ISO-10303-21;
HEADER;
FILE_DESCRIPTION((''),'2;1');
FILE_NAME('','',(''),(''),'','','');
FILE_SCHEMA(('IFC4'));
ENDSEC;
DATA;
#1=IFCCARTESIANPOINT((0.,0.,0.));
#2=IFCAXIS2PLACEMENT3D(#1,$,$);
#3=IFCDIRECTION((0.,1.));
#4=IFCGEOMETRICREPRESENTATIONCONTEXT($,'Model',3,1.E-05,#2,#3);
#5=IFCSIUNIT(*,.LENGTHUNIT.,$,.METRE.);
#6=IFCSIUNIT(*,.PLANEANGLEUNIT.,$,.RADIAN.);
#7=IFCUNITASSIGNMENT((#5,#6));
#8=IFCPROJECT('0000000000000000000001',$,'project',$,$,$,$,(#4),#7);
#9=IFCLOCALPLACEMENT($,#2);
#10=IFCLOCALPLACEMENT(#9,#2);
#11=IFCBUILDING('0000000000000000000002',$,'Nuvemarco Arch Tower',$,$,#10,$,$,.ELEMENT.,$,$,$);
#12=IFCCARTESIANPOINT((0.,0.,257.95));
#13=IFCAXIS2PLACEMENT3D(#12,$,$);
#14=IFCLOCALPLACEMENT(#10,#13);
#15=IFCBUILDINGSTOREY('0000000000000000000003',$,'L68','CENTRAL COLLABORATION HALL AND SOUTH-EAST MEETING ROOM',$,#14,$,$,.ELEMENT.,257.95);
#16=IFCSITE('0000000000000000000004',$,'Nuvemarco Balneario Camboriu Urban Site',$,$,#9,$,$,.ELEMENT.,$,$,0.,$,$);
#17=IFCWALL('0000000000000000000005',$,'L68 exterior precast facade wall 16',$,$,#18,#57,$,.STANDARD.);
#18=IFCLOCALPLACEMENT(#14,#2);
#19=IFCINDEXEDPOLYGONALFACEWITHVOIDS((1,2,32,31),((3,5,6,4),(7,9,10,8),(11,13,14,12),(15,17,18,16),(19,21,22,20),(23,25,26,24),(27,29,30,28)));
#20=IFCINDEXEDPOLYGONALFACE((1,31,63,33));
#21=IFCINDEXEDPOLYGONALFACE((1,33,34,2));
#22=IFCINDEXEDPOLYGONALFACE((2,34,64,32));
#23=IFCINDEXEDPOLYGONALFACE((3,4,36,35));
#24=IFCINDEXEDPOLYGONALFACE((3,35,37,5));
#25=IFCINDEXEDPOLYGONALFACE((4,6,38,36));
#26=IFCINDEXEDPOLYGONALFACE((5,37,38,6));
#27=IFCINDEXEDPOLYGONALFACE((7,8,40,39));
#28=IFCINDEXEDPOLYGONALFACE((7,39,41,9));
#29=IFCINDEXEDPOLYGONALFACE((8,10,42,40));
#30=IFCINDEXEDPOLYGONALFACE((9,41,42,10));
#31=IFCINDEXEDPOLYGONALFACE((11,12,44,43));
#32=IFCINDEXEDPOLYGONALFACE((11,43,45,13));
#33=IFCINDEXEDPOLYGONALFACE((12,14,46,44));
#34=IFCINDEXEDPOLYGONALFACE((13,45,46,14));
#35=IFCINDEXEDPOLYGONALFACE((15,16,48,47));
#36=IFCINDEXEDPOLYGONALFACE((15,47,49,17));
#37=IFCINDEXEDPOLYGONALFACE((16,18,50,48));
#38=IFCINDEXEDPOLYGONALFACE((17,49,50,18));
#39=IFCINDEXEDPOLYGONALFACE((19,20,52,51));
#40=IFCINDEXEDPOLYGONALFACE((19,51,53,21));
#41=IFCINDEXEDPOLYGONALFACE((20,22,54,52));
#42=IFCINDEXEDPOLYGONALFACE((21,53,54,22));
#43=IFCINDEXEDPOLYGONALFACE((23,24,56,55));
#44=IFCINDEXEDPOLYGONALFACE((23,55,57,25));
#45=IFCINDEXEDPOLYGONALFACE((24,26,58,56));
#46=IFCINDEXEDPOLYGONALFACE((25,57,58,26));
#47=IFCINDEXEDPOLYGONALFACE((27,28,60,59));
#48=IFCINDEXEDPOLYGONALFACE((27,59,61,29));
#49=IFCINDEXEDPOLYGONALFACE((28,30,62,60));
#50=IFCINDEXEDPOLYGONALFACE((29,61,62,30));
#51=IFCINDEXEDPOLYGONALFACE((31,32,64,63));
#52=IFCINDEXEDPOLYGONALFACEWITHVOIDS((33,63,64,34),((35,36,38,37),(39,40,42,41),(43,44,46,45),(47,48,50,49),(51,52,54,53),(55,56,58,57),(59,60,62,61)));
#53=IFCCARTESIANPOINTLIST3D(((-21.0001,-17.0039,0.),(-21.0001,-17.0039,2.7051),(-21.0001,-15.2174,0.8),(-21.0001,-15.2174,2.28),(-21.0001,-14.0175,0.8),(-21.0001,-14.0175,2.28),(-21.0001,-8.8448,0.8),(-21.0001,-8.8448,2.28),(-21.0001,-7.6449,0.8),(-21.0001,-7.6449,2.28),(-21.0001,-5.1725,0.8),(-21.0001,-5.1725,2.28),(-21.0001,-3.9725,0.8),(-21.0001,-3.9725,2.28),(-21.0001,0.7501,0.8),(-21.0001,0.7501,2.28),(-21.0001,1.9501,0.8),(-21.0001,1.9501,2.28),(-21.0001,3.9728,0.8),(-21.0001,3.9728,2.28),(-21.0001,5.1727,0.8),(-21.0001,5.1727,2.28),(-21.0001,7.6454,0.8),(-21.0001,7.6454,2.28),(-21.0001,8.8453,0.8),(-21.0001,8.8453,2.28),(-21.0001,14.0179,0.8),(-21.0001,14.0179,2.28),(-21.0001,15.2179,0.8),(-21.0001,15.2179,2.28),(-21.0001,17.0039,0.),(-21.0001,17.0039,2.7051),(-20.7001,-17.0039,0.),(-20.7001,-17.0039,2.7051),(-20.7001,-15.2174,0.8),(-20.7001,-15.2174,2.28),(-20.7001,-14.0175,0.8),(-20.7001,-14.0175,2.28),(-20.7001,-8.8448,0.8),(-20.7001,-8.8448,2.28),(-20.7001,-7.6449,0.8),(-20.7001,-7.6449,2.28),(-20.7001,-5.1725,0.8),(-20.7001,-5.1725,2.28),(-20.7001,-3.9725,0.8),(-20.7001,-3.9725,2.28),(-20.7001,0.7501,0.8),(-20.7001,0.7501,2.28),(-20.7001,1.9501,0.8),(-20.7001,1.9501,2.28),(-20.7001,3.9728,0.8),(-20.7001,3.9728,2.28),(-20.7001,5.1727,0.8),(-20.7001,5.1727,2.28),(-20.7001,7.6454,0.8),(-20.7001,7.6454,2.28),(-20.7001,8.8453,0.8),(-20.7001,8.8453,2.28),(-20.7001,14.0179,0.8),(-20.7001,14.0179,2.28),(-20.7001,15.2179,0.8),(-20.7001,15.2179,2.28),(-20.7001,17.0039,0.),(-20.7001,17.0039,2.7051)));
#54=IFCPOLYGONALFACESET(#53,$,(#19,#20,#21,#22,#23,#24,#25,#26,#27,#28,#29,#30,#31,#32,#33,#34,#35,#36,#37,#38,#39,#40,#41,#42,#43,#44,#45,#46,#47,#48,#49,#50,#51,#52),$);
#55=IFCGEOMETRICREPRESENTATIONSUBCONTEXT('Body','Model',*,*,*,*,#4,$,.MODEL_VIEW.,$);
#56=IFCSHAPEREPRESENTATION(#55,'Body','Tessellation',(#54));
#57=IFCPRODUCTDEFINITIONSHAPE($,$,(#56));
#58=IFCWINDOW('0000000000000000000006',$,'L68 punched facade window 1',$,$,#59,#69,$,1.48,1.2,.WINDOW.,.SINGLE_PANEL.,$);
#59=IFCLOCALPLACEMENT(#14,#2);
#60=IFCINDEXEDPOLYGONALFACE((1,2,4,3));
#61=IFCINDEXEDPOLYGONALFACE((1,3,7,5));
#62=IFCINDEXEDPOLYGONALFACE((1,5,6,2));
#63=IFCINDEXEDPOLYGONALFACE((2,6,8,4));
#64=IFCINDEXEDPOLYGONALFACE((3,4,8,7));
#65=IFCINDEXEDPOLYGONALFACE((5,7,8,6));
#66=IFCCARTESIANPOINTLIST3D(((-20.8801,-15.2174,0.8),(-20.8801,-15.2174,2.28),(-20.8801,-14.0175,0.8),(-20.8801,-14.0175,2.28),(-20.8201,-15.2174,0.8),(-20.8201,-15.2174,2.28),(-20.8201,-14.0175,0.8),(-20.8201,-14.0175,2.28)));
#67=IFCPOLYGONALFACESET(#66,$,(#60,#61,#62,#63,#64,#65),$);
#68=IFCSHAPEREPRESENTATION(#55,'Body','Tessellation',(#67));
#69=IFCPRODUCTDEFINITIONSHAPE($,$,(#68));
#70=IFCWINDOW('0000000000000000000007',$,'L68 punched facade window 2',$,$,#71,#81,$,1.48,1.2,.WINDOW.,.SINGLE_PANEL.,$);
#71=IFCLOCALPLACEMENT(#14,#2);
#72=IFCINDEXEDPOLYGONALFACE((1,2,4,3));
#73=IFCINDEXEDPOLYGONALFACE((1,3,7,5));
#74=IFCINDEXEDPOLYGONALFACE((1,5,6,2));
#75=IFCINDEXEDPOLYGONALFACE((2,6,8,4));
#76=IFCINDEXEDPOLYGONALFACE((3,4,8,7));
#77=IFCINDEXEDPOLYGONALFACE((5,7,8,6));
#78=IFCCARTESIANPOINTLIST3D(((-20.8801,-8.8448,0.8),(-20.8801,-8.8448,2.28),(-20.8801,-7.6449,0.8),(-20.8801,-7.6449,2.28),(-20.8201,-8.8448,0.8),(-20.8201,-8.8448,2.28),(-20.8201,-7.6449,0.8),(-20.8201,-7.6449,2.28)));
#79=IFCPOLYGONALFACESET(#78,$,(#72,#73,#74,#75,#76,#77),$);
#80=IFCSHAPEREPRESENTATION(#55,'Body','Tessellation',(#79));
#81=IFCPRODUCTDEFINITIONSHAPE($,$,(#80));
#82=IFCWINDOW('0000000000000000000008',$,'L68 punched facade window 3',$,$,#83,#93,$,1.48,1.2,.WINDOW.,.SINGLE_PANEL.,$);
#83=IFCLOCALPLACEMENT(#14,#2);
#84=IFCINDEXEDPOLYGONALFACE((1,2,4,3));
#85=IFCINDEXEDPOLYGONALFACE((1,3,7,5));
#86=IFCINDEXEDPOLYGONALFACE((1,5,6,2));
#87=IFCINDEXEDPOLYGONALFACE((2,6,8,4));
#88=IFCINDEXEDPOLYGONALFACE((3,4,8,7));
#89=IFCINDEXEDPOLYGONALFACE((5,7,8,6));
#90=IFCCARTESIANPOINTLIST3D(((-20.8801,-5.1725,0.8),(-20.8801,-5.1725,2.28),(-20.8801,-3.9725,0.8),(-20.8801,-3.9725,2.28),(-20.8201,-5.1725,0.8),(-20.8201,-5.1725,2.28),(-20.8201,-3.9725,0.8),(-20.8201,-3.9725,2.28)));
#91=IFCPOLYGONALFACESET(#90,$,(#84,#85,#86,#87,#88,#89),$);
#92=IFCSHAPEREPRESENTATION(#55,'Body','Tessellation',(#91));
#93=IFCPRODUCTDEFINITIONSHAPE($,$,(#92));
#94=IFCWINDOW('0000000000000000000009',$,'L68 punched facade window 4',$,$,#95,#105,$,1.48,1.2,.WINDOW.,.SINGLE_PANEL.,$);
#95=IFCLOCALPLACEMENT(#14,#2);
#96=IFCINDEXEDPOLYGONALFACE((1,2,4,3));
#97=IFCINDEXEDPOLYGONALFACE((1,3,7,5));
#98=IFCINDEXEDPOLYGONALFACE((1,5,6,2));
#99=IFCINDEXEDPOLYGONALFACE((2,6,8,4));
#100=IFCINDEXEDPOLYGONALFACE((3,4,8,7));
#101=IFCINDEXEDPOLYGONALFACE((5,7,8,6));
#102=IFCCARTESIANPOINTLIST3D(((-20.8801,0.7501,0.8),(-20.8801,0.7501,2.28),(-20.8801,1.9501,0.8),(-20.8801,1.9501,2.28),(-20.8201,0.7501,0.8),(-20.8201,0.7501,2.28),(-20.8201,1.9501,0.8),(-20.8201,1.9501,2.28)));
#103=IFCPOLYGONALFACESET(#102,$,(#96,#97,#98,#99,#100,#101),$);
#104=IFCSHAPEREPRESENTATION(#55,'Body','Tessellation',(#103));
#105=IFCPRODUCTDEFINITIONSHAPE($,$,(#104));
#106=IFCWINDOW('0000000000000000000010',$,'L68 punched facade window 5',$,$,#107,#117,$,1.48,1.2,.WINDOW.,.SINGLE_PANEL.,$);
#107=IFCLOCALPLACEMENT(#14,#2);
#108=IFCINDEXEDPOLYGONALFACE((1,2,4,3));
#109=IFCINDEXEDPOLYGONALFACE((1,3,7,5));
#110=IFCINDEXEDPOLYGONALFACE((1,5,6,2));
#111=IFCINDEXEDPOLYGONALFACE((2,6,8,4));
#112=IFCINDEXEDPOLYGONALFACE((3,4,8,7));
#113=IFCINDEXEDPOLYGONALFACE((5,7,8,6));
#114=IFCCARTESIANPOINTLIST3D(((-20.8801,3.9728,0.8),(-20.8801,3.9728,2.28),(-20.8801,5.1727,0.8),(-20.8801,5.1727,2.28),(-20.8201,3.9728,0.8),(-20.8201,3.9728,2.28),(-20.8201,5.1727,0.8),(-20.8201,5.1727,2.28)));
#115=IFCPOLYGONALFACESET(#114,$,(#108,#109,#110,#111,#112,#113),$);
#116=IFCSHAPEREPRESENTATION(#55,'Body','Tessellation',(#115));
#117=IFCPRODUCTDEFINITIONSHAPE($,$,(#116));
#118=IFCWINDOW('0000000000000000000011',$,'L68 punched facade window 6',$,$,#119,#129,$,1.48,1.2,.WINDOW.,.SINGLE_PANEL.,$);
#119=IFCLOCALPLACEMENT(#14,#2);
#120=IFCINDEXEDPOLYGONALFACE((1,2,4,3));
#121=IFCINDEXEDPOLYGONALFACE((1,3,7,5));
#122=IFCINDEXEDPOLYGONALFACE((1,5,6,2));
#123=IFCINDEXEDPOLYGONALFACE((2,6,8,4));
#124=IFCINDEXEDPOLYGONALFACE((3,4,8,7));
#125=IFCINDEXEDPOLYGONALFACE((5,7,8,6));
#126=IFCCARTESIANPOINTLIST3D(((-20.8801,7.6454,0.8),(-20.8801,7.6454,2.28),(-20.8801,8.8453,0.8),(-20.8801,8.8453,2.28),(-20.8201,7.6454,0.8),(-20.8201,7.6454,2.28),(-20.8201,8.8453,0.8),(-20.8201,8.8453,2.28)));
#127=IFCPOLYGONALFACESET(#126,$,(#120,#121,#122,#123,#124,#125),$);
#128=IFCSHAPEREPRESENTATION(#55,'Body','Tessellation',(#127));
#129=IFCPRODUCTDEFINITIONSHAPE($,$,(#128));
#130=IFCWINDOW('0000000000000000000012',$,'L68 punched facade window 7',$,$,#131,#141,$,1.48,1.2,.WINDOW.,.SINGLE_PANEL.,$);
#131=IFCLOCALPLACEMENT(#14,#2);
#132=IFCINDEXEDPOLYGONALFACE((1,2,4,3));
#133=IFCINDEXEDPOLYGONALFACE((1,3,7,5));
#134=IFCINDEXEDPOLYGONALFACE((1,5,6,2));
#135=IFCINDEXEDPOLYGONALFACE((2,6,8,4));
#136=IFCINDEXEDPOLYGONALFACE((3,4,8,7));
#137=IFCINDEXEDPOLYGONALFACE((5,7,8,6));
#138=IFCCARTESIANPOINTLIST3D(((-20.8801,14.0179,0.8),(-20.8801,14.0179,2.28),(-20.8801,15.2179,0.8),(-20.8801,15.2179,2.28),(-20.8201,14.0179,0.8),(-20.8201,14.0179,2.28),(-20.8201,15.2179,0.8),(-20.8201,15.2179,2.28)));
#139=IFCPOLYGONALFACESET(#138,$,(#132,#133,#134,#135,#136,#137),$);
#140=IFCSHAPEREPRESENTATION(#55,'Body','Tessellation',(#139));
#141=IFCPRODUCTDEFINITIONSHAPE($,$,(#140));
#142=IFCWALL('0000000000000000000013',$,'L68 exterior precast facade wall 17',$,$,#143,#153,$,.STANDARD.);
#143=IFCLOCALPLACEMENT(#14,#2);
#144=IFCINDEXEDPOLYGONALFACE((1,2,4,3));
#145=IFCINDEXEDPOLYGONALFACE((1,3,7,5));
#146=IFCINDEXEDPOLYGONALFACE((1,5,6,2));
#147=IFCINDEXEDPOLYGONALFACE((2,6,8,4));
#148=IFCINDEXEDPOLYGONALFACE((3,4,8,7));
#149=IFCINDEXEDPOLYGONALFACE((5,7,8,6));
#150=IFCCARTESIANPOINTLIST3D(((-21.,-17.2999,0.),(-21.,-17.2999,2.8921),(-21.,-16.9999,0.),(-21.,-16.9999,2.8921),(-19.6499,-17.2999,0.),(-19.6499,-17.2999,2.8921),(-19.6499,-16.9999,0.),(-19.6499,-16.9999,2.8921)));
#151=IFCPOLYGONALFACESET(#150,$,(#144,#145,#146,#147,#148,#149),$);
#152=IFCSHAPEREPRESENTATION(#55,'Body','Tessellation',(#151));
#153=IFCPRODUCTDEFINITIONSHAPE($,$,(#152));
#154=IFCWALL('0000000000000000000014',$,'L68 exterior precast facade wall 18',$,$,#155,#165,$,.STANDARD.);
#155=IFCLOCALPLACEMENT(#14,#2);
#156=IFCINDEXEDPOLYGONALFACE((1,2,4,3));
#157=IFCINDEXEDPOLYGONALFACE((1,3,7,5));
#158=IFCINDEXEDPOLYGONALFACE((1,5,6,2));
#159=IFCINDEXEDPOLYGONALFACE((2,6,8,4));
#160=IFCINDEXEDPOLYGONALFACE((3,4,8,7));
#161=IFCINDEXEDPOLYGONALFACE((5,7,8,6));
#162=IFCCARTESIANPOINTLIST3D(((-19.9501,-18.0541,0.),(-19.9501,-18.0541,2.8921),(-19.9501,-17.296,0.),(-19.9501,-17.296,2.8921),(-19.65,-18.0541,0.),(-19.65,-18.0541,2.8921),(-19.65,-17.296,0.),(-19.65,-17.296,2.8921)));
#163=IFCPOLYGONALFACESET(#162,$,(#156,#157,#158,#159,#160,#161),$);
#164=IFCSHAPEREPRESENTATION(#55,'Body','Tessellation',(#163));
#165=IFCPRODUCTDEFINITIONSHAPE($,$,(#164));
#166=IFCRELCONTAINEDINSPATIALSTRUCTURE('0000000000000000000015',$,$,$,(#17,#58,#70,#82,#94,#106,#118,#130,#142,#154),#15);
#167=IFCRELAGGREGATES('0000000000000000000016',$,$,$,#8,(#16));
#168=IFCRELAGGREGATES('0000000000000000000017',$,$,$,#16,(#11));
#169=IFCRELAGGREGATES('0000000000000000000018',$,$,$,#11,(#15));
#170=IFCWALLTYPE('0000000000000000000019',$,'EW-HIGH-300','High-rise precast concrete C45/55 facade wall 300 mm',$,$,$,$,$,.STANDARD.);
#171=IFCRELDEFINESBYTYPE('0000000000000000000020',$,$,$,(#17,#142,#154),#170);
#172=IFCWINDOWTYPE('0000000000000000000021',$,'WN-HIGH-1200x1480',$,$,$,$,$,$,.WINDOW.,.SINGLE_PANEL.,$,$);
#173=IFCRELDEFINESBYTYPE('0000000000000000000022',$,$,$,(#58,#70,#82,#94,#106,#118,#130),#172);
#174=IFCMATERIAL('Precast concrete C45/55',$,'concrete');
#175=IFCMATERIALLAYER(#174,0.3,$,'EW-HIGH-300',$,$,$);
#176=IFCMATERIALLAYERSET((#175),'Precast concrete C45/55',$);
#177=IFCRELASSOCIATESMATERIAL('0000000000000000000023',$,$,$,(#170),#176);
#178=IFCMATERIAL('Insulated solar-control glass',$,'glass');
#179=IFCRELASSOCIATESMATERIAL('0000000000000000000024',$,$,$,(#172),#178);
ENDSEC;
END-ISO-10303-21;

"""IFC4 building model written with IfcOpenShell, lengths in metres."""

from ifc_helpers import new_model, si_unit, direction, frame, frame_2d, origin, place, context, subcontext, project, spatial, rectangle, extrude, source, transform, mapped, material, layer, layer_set, type_object, type_shapes, element, fill, save


model = new_model("IFC4")

# Units and contexts
model_context = context("Model", 3, precision=1e-05, world=origin(), true_north=direction((0.0, 1.0)))
body_context = subcontext(model_context, "Body", "Model", "MODEL_VIEW")
ifc_project = project(units=[si_unit("LENGTHUNIT", "METRE"), si_unit("PLANEANGLEUNIT", "RADIAN")], contexts=[model_context])

# Site, building, storey
site_placement = place(None, origin())
site = spatial("IfcSite", under=ifc_project, at=site_placement, Name="Nuvemarco Balneario Camboriu Urban Site", CompositionType="ELEMENT", RefElevation=0.0)
building_placement = place(site_placement, origin())
building = spatial("IfcBuilding", under=site, at=building_placement, Name="Nuvemarco Arch Tower", CompositionType="ELEMENT")
storey_placement = place(building_placement, frame((0.0, 0.0, 257.95)))
storey = spatial("IfcBuildingStorey", under=building, at=storey_placement, Name="L68", Description="CENTRAL COLLABORATION HALL AND SOUTH-EAST MEETING ROOM", CompositionType="ELEMENT", Elevation=257.95)

# Shared definitions
ifc_material_1 = material(Name="Precast concrete C45/55", Category="concrete")

# Shared definitions
ifc_layer = layer(ifc_material_1, 0.3, Name="EW-HIGH-300")
ifc_layer_set = layer_set([ifc_layer], Name="Precast concrete C45/55")
wall_type = type_object("IfcWallType", Name="EW-HIGH-300", Description="High-rise precast concrete C45/55 facade wall 300 mm", PredefinedType="STANDARD", material=ifc_layer_set)
ifc_material_2 = material(Name="Insulated solar-control glass", Category="glass")

# Wall, openings, windows
wall_1_placement = place(storey_placement, frame((-20.8501, -17.0039, 0.0), z_axis=(0.0, 0.0, 1.0), x_axis=(0.0, 1.0, 0.0)))
wall_1 = element("IfcWall", 1, at=wall_1_placement, inside=storey, type_object=wall_type, Name="L68 exterior precast facade wall 16", PredefinedType="STANDARD", context=body_context, shape_type="SweptSolid", body=[
    extrude(rectangle(XDim=34.0078, YDim=0.3, at=frame_2d((17.0039, 0.0))), origin(), (0.0, 0.0, 1.0), 2.7051),
])
opening_1_placement = place(wall_1_placement, frame((1.7864, 0.0, 0.8)))
opening_1 = element("IfcOpeningElement", 2, at=opening_1_placement, cuts=wall_1, PredefinedType="OPENING", context=body_context, shape_type="SweptSolid", body=[
    extrude(rectangle(XDim=1.2, YDim=1.48, at=frame_2d((0.6001, 0.74))), frame((0.0, 0.1599, 0.0), z_axis=(0.0, -1.0, 0.0), x_axis=(1.0, 0.0, 0.0)), (0.0, 0.0, 1.0), 0.3201),
])
opening_2_placement = place(wall_1_placement, frame((8.1589, 0.0, 0.8)))
opening_2 = element("IfcOpeningElement", 3, at=opening_2_placement, cuts=wall_1, PredefinedType="OPENING", context=body_context, shape_type="SweptSolid", body=[
    extrude(rectangle(XDim=1.2, YDim=1.48, at=frame_2d((0.6001, 0.74))), frame((0.0, 0.1599, 0.0), z_axis=(0.0, -1.0, 0.0), x_axis=(1.0, 0.0, 0.0)), (0.0, 0.0, 1.0), 0.3201),
])
opening_3_placement = place(wall_1_placement, frame((11.8313, 0.0, 0.8)))
opening_3 = element("IfcOpeningElement", 4, at=opening_3_placement, cuts=wall_1, PredefinedType="OPENING", context=body_context, shape_type="SweptSolid", body=[
    extrude(rectangle(XDim=1.2, YDim=1.48, at=frame_2d((0.6001, 0.74))), frame((0.0, 0.1599, 0.0), z_axis=(0.0, -1.0, 0.0), x_axis=(1.0, 0.0, 0.0)), (0.0, 0.0, 1.0), 0.3201),
])
opening_4_placement = place(wall_1_placement, frame((17.7539, 0.0, 0.8)))
opening_4 = element("IfcOpeningElement", 5, at=opening_4_placement, cuts=wall_1, PredefinedType="OPENING", context=body_context, shape_type="SweptSolid", body=[
    extrude(rectangle(XDim=1.2, YDim=1.48, at=frame_2d((0.6001, 0.74))), frame((0.0, 0.1599, 0.0), z_axis=(0.0, -1.0, 0.0), x_axis=(1.0, 0.0, 0.0)), (0.0, 0.0, 1.0), 0.3201),
])
opening_5_placement = place(wall_1_placement, frame((20.9766, 0.0, 0.8)))
opening_5 = element("IfcOpeningElement", 6, at=opening_5_placement, cuts=wall_1, PredefinedType="OPENING", context=body_context, shape_type="SweptSolid", body=[
    extrude(rectangle(XDim=1.2, YDim=1.48, at=frame_2d((0.6001, 0.74))), frame((0.0, 0.1599, 0.0), z_axis=(0.0, -1.0, 0.0), x_axis=(1.0, 0.0, 0.0)), (0.0, 0.0, 1.0), 0.3201),
])
opening_6_placement = place(wall_1_placement, frame((24.6492, 0.0, 0.8)))
opening_6 = element("IfcOpeningElement", 7, at=opening_6_placement, cuts=wall_1, PredefinedType="OPENING", context=body_context, shape_type="SweptSolid", body=[
    extrude(rectangle(XDim=1.2, YDim=1.48, at=frame_2d((0.6001, 0.74))), frame((0.0, 0.1599, 0.0), z_axis=(0.0, -1.0, 0.0), x_axis=(1.0, 0.0, 0.0)), (0.0, 0.0, 1.0), 0.3201),
])
opening_7_placement = place(wall_1_placement, frame((31.0217, 0.0, 0.8)))
opening_7 = element("IfcOpeningElement", 8, at=opening_7_placement, cuts=wall_1, PredefinedType="OPENING", context=body_context, shape_type="SweptSolid", body=[
    extrude(rectangle(XDim=1.2, YDim=1.48, at=frame_2d((0.6001, 0.74))), frame((0.0, 0.1599, 0.0), z_axis=(0.0, -1.0, 0.0), x_axis=(1.0, 0.0, 0.0)), (0.0, 0.0, 1.0), 0.3201),
])
window_type_1 = type_object("IfcWindowType", Name="WN-HIGH-1200x1480", PartitioningType="SINGLE_PANEL", PredefinedType="WINDOW", material=ifc_material_2)
shared_shape_1 = source(origin(), body_context, "Body", "SweptSolid", [
    extrude(rectangle(XDim=1.2, YDim=1.48, at=frame_2d((0.6001, 0.74))), frame((0.0, 0.03, 0.0), z_axis=(0.0, -1.0, 0.0), x_axis=(1.0, 0.0, 0.0)), (0.0, 0.0, 1.0), 0.0601),
])
type_shapes(window_type_1, [shared_shape_1])
window_1_placement = place(opening_1_placement, origin())
window_1 = element("IfcWindow", 9, at=window_1_placement, inside=storey, type_object=window_type_1, Name="L68 punched facade window 1", OverallHeight=1.48, OverallWidth=1.2, PartitioningType="SINGLE_PANEL", PredefinedType="WINDOW", context=body_context, shape_type="MappedRepresentation", body=[
    mapped(shared_shape_1, transform((0.0, 0.0, 0.0), scale=1.0)),
])
fill(opening_1, window_1)
window_2_placement = place(opening_2_placement, origin())
window_2 = element("IfcWindow", 10, at=window_2_placement, inside=storey, type_object=window_type_1, Name="L68 punched facade window 2", OverallHeight=1.48, OverallWidth=1.2, PartitioningType="SINGLE_PANEL", PredefinedType="WINDOW", context=body_context, shape_type="MappedRepresentation", body=[
    mapped(shared_shape_1, transform((0.0, 0.0, 0.0), scale=1.0)),
])
fill(opening_2, window_2)
window_3_placement = place(opening_3_placement, origin())
window_3 = element("IfcWindow", 11, at=window_3_placement, inside=storey, type_object=window_type_1, Name="L68 punched facade window 3", OverallHeight=1.48, OverallWidth=1.2, PartitioningType="SINGLE_PANEL", PredefinedType="WINDOW", context=body_context, shape_type="MappedRepresentation", body=[
    mapped(shared_shape_1, transform((0.0, 0.0, 0.0), scale=1.0)),
])
fill(opening_3, window_3)
window_4_placement = place(opening_4_placement, origin())
window_4 = element("IfcWindow", 12, at=window_4_placement, inside=storey, type_object=window_type_1, Name="L68 punched facade window 4", OverallHeight=1.48, OverallWidth=1.2, PartitioningType="SINGLE_PANEL", PredefinedType="WINDOW", context=body_context, shape_type="MappedRepresentation", body=[
    mapped(shared_shape_1, transform((0.0, 0.0, 0.0), scale=1.0)),
])
fill(opening_4, window_4)
window_5_placement = place(opening_5_placement, origin())
window_5 = element("IfcWindow", 13, at=window_5_placement, inside=storey, type_object=window_type_1, Name="L68 punched facade window 5", OverallHeight=1.48, OverallWidth=1.2, PartitioningType="SINGLE_PANEL", PredefinedType="WINDOW", context=body_context, shape_type="MappedRepresentation", body=[
    mapped(shared_shape_1, transform((0.0, 0.0, 0.0), scale=1.0)),
])
fill(opening_5, window_5)
window_6_placement = place(opening_6_placement, origin())
window_6 = element("IfcWindow", 14, at=window_6_placement, inside=storey, type_object=window_type_1, Name="L68 punched facade window 6", OverallHeight=1.48, OverallWidth=1.2, PartitioningType="SINGLE_PANEL", PredefinedType="WINDOW", context=body_context, shape_type="MappedRepresentation", body=[
    mapped(shared_shape_1, transform((0.0, 0.0, 0.0), scale=1.0)),
])
fill(opening_6, window_6)
window_7_placement = place(opening_7_placement, origin())
window_7 = element("IfcWindow", 15, at=window_7_placement, inside=storey, type_object=window_type_1, Name="L68 punched facade window 7", OverallHeight=1.48, OverallWidth=1.2, PartitioningType="SINGLE_PANEL", PredefinedType="WINDOW", context=body_context, shape_type="MappedRepresentation", body=[
    mapped(shared_shape_1, transform((0.0, 0.0, 0.0), scale=1.0)),
])
fill(opening_7, window_7)

# Walls
wall_2_placement = place(storey_placement, frame((-21.0, -17.1499, 0.0), z_axis=(0.0, 0.0, 1.0), x_axis=(1.0, 0.0, 0.0)))
element("IfcWall", 16, at=wall_2_placement, inside=storey, type_object=wall_type, Name="L68 exterior precast facade wall 17", PredefinedType="STANDARD", context=body_context, shape_type="SweptSolid", body=[
    extrude(rectangle(XDim=1.3501, YDim=0.3, at=frame_2d((0.675, 0.0))), origin(), (0.0, 0.0, 1.0), 2.8921),
])
wall_3_placement = place(storey_placement, frame((-19.8, -18.054, 0.0), z_axis=(0.0, 0.0, 1.0), x_axis=(0.0, 1.0, 0.0)))
element("IfcWall", 17, at=wall_3_placement, inside=storey, type_object=wall_type, Name="L68 exterior precast facade wall 18", PredefinedType="STANDARD", context=body_context, shape_type="SweptSolid", body=[
    extrude(rectangle(XDim=0.7581, YDim=0.3, at=frame_2d((0.3789, 0.0))), origin(), (0.0, 0.0, 1.0), 2.8921),
])

save(model, "model.ifc")
